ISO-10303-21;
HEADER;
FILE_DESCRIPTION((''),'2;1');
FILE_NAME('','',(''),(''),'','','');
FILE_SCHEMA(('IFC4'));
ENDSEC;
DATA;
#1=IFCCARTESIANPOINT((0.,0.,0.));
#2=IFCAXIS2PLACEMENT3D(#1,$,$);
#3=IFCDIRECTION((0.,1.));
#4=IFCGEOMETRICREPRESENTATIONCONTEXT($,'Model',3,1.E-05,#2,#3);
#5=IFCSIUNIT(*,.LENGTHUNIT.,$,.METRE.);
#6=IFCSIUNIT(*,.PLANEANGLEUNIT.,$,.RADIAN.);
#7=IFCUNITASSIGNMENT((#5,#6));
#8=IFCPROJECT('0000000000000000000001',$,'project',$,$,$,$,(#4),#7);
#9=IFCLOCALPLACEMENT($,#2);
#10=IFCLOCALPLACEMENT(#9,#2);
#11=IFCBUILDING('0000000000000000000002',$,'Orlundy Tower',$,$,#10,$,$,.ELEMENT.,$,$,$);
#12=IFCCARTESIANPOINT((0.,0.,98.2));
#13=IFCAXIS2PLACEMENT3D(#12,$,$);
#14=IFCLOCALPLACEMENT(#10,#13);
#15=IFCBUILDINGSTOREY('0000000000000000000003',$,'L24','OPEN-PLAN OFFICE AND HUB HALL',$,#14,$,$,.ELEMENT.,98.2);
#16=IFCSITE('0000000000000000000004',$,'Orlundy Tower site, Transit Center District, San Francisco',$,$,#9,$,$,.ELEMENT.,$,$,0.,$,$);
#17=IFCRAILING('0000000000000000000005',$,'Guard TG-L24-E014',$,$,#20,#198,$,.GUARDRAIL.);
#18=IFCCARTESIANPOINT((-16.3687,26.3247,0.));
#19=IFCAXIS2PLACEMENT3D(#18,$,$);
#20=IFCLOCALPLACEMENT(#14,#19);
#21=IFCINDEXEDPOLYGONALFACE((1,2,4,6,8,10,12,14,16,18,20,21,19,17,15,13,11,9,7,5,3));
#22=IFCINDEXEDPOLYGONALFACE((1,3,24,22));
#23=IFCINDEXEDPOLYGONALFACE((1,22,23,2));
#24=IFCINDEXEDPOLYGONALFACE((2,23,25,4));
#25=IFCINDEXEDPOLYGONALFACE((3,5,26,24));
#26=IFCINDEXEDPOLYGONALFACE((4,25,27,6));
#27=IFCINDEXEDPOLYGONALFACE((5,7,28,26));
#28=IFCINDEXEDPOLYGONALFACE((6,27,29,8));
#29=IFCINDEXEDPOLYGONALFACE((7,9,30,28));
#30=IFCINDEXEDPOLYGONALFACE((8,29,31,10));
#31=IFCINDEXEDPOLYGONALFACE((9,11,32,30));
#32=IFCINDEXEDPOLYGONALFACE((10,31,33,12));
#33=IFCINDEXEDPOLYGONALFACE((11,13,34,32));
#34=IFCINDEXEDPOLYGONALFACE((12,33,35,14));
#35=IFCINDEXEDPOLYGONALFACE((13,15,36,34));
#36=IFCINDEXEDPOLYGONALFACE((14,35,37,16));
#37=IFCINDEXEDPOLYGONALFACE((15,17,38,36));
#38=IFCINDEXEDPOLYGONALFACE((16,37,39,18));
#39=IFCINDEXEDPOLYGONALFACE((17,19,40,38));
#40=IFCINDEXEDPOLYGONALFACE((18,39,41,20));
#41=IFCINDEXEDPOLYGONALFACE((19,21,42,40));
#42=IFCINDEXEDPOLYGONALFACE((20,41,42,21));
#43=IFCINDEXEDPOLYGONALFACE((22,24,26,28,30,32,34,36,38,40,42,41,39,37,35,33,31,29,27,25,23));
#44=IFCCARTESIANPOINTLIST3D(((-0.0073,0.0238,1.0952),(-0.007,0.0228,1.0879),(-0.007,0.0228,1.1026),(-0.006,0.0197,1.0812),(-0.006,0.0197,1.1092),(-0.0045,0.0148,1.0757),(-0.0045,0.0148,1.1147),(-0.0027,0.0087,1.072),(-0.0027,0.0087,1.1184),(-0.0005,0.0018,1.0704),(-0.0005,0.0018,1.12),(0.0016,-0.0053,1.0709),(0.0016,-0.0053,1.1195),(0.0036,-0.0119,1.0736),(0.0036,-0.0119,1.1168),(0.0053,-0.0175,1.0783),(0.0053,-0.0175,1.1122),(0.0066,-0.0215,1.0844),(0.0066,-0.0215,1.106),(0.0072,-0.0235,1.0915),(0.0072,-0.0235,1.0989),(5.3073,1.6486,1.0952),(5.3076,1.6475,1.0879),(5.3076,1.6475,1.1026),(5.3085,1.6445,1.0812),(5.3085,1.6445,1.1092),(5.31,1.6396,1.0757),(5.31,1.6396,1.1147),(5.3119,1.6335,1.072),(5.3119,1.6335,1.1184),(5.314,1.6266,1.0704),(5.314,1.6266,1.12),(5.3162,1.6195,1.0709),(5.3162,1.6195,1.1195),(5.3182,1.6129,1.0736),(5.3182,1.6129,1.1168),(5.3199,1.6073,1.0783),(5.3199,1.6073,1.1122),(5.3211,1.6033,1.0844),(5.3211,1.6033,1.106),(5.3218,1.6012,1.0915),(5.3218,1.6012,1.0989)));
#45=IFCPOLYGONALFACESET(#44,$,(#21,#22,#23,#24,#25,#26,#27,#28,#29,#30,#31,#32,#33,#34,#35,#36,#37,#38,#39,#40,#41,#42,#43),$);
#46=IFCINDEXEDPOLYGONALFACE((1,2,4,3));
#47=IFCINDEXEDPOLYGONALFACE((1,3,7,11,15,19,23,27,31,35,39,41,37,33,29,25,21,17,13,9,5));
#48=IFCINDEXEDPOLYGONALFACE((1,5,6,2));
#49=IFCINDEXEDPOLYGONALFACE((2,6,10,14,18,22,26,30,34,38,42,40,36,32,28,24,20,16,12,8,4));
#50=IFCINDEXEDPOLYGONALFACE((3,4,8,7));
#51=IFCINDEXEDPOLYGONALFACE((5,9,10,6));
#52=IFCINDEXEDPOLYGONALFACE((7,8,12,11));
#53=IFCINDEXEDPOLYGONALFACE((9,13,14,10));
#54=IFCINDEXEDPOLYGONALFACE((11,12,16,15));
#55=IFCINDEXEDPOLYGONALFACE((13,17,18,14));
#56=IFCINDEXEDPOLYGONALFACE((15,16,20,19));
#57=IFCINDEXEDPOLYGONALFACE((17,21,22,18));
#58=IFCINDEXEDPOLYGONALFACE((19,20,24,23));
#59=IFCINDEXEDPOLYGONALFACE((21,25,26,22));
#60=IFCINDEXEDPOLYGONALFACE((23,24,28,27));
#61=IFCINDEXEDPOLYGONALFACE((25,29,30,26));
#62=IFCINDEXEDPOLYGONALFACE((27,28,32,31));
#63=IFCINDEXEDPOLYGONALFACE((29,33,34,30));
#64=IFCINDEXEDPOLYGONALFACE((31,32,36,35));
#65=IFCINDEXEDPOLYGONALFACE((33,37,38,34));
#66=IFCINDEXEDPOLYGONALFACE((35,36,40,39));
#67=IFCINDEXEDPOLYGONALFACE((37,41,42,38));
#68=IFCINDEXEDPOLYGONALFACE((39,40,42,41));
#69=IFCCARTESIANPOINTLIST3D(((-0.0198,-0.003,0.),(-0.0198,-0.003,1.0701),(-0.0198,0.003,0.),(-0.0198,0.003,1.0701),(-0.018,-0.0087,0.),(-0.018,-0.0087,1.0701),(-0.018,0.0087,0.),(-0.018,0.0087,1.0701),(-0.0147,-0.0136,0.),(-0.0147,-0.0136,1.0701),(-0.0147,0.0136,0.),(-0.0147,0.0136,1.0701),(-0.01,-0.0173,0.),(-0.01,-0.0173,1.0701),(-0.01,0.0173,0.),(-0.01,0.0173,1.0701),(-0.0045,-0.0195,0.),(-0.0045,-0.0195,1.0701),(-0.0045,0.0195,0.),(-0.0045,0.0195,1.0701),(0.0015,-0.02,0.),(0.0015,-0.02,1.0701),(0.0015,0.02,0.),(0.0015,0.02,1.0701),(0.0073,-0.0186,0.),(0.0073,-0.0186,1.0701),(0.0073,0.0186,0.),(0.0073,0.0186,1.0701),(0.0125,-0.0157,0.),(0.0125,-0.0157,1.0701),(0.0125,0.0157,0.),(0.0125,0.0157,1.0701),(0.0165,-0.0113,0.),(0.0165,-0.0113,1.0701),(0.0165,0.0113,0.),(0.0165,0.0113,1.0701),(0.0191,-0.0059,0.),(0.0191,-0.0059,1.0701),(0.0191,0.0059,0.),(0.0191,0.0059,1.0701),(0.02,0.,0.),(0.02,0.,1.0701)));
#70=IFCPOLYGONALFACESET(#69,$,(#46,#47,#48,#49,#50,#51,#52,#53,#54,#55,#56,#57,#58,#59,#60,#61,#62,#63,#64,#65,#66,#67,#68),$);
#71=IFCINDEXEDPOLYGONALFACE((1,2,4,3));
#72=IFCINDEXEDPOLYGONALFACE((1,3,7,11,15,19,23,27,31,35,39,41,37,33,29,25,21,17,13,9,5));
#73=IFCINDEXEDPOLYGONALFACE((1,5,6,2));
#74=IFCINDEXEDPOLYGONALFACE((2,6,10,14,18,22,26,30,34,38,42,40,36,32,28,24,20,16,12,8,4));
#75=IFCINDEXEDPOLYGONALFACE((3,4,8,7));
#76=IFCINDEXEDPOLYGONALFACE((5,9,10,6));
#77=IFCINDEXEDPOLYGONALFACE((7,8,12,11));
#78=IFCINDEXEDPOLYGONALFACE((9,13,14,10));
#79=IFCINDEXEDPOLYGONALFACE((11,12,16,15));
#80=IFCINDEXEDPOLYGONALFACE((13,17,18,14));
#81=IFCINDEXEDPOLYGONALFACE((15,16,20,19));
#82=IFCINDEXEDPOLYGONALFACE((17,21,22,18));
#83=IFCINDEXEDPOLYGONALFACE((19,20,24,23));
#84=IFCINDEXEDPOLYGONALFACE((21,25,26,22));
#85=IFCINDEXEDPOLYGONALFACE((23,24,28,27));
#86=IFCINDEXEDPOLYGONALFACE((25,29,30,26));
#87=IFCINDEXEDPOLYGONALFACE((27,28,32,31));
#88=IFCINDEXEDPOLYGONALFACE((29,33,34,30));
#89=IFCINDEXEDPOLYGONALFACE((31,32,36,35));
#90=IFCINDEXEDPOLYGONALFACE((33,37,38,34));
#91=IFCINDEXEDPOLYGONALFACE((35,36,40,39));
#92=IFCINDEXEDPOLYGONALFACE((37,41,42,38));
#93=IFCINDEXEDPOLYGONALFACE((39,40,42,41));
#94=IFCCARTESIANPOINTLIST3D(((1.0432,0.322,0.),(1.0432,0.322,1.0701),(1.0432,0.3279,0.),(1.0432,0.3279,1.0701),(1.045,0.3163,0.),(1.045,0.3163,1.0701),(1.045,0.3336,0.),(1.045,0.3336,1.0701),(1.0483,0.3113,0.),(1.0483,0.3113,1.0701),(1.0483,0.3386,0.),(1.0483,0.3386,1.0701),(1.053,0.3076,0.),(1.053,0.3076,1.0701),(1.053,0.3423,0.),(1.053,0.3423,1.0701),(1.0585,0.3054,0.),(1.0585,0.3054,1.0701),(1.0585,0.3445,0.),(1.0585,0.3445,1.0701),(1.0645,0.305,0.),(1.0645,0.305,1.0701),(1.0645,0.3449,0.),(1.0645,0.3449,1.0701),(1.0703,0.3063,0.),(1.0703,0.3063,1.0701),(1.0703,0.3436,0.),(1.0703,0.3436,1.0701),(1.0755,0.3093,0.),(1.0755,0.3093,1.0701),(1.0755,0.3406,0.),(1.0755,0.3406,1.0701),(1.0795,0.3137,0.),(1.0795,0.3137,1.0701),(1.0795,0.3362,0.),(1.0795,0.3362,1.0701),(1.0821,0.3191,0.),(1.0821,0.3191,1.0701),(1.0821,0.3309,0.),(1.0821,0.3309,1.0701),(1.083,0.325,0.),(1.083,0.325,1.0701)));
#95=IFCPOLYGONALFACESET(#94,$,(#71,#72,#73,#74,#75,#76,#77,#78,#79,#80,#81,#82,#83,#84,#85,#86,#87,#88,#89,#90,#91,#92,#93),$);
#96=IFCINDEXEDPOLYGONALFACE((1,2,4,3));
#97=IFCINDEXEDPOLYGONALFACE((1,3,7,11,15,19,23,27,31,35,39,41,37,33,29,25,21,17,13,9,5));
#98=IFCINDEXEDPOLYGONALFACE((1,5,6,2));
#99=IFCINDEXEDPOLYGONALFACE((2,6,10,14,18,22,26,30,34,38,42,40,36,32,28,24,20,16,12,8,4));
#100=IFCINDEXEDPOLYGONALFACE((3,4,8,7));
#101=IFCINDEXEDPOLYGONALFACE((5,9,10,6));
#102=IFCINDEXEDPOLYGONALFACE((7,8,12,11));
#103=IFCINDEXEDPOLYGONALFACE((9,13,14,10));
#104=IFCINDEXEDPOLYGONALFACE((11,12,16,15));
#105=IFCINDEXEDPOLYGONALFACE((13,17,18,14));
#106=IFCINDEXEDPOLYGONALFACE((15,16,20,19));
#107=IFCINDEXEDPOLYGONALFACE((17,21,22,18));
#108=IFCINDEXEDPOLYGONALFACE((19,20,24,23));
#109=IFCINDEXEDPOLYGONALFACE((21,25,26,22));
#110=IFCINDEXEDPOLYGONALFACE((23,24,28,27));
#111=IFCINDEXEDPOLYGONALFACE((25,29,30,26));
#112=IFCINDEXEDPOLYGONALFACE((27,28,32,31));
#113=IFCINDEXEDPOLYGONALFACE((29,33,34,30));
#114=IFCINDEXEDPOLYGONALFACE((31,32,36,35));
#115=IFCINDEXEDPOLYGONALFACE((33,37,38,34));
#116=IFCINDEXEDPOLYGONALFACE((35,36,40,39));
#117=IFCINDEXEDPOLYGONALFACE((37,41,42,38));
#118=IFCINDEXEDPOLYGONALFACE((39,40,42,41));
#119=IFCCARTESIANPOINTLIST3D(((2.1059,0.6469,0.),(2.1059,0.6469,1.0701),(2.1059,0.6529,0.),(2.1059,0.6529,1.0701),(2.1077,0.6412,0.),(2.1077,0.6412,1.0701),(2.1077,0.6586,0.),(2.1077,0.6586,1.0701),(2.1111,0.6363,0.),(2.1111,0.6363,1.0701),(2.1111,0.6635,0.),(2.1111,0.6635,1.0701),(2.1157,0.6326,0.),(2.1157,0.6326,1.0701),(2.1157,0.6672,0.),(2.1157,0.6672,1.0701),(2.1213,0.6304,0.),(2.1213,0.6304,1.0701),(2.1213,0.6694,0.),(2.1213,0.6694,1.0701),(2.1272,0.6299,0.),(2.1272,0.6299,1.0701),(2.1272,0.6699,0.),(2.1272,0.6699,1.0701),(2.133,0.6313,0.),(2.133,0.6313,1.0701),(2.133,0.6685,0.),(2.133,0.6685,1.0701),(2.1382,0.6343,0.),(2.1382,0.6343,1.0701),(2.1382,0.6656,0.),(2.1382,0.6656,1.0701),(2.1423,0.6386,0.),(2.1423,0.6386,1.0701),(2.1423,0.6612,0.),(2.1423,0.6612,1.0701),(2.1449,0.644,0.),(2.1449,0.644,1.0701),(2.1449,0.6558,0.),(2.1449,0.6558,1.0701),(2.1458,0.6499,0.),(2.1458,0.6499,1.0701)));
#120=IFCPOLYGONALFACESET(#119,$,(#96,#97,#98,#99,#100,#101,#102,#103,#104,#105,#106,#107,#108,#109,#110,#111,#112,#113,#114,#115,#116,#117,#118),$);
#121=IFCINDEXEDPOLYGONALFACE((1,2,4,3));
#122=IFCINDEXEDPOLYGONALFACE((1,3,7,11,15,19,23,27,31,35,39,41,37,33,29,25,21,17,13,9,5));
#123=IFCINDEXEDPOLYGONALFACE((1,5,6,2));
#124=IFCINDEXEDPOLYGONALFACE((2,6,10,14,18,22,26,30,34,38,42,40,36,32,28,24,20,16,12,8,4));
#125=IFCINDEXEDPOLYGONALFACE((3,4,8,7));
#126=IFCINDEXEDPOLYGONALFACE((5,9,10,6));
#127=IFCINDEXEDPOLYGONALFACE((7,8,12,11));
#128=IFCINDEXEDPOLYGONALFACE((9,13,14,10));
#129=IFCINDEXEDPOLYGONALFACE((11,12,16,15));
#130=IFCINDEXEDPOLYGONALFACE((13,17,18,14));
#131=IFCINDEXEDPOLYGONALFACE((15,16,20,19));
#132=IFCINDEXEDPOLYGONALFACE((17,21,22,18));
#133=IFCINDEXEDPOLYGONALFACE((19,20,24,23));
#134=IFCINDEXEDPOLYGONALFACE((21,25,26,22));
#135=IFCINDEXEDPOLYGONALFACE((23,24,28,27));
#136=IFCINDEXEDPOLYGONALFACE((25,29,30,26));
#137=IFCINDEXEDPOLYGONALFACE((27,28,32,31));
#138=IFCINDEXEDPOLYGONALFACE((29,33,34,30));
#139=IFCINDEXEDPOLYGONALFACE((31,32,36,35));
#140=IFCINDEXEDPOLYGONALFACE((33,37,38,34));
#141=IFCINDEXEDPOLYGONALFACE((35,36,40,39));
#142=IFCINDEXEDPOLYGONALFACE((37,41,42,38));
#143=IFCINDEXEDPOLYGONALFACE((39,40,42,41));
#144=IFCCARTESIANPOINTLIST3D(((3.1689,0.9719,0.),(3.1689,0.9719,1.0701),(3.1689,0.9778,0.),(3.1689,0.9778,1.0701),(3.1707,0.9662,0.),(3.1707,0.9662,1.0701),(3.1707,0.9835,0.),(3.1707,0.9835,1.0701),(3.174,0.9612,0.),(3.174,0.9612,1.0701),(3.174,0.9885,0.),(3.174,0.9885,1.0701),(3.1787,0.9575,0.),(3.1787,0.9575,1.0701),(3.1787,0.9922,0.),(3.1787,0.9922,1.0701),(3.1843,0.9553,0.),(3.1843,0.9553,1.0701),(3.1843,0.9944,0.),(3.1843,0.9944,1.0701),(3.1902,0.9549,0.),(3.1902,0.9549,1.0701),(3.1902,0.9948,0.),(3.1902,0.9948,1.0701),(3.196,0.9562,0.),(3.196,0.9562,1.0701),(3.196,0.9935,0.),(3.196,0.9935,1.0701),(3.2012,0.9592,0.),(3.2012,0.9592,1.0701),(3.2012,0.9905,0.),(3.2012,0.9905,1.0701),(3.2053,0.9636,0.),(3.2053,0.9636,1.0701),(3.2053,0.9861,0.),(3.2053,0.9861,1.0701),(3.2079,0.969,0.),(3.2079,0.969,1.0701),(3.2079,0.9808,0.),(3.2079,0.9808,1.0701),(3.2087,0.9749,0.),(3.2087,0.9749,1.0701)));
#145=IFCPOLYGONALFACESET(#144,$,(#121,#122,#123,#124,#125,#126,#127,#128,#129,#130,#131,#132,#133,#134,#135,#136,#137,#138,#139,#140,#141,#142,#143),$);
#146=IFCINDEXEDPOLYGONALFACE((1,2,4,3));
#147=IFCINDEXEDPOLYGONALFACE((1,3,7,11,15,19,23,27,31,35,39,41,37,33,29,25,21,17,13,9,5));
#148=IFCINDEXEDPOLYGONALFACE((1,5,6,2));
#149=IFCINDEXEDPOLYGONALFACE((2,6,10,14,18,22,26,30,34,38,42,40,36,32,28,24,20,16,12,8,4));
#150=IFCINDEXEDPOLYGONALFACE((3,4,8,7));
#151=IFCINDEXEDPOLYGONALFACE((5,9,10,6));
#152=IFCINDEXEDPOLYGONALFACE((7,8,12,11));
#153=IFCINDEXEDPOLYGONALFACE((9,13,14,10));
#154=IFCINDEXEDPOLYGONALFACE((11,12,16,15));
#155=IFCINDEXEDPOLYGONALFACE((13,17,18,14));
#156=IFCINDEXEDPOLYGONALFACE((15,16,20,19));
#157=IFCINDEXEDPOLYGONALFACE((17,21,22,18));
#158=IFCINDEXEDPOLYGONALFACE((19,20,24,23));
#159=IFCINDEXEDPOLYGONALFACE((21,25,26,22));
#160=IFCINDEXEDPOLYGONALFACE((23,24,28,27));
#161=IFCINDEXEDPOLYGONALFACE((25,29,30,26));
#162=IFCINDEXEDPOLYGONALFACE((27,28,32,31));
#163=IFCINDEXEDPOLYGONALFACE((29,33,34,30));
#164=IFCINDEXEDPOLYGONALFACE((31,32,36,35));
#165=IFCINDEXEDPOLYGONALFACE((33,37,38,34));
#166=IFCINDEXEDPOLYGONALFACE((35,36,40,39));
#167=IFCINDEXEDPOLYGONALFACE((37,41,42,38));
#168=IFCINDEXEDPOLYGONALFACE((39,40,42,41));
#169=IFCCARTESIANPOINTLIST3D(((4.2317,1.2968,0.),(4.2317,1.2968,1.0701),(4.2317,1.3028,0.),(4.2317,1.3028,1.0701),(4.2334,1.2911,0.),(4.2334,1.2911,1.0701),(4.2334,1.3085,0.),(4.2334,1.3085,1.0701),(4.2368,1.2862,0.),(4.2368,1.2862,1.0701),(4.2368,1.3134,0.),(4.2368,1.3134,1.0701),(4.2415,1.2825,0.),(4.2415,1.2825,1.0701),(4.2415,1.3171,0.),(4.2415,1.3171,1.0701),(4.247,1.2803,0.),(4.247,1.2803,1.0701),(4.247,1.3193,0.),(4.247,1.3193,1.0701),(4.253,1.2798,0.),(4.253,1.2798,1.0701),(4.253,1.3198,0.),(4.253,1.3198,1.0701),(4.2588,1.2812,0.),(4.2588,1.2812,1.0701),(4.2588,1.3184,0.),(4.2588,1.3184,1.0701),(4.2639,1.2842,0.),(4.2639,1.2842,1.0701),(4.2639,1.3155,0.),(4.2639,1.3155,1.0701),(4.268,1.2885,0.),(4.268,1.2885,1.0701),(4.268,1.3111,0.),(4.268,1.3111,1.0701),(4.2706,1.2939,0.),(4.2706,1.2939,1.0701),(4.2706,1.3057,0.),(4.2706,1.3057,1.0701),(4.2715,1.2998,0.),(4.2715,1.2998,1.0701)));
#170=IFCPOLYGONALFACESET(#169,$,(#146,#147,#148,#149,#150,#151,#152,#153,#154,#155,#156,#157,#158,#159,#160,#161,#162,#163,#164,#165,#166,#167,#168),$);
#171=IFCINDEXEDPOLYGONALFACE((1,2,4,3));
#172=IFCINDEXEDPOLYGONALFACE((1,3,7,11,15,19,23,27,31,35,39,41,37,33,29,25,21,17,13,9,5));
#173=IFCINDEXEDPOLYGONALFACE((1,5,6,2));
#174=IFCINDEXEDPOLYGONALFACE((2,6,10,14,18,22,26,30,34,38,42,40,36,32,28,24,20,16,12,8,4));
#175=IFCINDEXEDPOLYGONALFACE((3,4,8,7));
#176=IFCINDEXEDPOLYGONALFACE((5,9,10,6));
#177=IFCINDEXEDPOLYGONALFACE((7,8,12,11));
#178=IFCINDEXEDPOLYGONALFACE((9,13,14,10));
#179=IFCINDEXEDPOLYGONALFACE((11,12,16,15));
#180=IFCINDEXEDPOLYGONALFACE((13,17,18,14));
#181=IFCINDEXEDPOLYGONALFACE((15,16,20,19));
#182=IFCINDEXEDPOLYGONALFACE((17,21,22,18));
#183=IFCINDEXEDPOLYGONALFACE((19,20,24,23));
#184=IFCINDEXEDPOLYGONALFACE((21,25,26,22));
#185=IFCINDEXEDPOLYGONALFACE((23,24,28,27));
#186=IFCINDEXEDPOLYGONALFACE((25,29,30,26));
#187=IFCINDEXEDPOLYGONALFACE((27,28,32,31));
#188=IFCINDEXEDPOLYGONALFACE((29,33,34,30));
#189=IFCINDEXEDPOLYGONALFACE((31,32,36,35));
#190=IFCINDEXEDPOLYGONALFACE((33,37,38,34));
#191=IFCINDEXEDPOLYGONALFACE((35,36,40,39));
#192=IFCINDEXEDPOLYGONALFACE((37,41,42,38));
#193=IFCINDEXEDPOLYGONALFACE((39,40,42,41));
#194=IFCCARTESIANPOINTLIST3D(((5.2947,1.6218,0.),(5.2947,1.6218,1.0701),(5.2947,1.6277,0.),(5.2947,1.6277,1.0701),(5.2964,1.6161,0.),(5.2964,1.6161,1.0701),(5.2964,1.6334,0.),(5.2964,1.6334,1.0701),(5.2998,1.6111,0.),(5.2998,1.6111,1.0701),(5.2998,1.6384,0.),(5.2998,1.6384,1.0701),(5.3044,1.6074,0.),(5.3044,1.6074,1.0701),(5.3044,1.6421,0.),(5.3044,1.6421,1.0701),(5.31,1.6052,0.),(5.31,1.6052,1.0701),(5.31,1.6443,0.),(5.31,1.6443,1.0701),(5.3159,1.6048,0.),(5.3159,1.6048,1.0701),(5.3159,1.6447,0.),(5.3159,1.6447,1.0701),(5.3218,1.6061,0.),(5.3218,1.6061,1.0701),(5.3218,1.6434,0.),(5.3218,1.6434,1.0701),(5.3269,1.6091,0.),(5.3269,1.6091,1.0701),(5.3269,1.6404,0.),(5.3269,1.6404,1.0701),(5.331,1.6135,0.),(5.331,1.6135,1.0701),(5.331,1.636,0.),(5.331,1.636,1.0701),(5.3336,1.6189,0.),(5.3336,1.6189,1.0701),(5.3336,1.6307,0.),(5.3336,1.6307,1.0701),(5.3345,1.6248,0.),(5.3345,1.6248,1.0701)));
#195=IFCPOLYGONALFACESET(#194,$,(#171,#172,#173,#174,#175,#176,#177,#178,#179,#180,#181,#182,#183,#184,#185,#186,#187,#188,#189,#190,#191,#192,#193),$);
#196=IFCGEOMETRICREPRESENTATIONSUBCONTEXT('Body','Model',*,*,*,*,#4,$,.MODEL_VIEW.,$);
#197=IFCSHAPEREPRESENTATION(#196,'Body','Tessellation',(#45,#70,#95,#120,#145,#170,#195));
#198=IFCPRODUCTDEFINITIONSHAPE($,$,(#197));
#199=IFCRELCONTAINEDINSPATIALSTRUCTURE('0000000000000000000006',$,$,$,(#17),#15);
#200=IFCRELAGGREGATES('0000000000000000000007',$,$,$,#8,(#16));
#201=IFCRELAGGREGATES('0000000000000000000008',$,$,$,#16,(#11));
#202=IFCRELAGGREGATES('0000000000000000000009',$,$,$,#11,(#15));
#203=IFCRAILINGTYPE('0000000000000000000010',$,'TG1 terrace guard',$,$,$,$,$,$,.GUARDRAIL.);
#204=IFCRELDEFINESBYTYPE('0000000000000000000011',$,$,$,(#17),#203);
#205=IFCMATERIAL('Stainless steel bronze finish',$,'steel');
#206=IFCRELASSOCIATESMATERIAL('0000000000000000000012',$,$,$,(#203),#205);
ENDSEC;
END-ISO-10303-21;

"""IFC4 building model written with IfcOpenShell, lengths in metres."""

from ifc_helpers import new_model, si_unit, direction, frame, origin, origin_2d, place, context, subcontext, project, spatial, circle, extrude, material, type_object, element, save


model = new_model("IFC4")

# Units and contexts
model_context = context("Model", 3, precision=1e-05, world=origin(), true_north=direction((0.0, 1.0)))
body_context = subcontext(model_context, "Body", "Model", "MODEL_VIEW")
ifc_project = project(units=[si_unit("LENGTHUNIT", "METRE"), si_unit("PLANEANGLEUNIT", "RADIAN")], contexts=[model_context])

# Site, building, storey
site_placement = place(None, origin())
site = spatial("IfcSite", under=ifc_project, at=site_placement, Name="Orlundy Tower site, Transit Center District, San Francisco", CompositionType="ELEMENT", RefElevation=0.0)
building_placement = place(site_placement, origin())
building = spatial("IfcBuilding", under=site, at=building_placement, Name="Orlundy Tower", CompositionType="ELEMENT")
storey_placement = place(building_placement, frame((0.0, 0.0, 98.2)))
storey = spatial("IfcBuildingStorey", under=building, at=storey_placement, Name="L24", Description="OPEN-PLAN OFFICE AND HUB HALL", CompositionType="ELEMENT", Elevation=98.2)

# Railing
ifc_material_1 = material(Name="Stainless steel bronze finish", Category="steel")
railing_type = type_object("IfcRailingType", Name="TG1 terrace guard", PredefinedType="GUARDRAIL", material=ifc_material_1)
railing_1_placement = place(storey_placement, frame((-16.3687, 26.3247, 0.0)))
element("IfcRailing", 1, at=railing_1_placement, inside=storey, type_object=railing_type, Name="Guard TG-L24-E014", PredefinedType="GUARDRAIL", context=body_context, shape_type="SweptSolid", body=[
    extrude(circle(Radius=0.0249, at=origin_2d()), frame((0.0, 0.0, 1.0952), z_axis=(0.956307, 0.292366, 0.0), x_axis=(-0.292366, 0.956307, 0.0)), (0.0, 0.0, 1.0), 5.5574),
    extrude(circle(Radius=0.02, at=origin_2d()), origin(), (0.0, 0.0, 1.0), 1.0701),
    extrude(circle(Radius=0.02, at=origin_2d()), frame((1.063, 0.325, 0.0)), (0.0, 0.0, 1.0), 1.0701),
    extrude(circle(Radius=0.02, at=origin_2d()), frame((2.1257, 0.6499, 0.0)), (0.0, 0.0, 1.0), 1.0701),
    extrude(circle(Radius=0.02, at=origin_2d()), frame((3.1887, 0.9749, 0.0)), (0.0, 0.0, 1.0), 1.0701),
    extrude(circle(Radius=0.02, at=origin_2d()), frame((4.2515, 1.2998, 0.0)), (0.0, 0.0, 1.0), 1.0701),
    extrude(circle(Radius=0.02, at=origin_2d()), frame((5.3145, 1.6248, 0.0)), (0.0, 0.0, 1.0), 1.0701),
])

save(model, "model.ifc")
